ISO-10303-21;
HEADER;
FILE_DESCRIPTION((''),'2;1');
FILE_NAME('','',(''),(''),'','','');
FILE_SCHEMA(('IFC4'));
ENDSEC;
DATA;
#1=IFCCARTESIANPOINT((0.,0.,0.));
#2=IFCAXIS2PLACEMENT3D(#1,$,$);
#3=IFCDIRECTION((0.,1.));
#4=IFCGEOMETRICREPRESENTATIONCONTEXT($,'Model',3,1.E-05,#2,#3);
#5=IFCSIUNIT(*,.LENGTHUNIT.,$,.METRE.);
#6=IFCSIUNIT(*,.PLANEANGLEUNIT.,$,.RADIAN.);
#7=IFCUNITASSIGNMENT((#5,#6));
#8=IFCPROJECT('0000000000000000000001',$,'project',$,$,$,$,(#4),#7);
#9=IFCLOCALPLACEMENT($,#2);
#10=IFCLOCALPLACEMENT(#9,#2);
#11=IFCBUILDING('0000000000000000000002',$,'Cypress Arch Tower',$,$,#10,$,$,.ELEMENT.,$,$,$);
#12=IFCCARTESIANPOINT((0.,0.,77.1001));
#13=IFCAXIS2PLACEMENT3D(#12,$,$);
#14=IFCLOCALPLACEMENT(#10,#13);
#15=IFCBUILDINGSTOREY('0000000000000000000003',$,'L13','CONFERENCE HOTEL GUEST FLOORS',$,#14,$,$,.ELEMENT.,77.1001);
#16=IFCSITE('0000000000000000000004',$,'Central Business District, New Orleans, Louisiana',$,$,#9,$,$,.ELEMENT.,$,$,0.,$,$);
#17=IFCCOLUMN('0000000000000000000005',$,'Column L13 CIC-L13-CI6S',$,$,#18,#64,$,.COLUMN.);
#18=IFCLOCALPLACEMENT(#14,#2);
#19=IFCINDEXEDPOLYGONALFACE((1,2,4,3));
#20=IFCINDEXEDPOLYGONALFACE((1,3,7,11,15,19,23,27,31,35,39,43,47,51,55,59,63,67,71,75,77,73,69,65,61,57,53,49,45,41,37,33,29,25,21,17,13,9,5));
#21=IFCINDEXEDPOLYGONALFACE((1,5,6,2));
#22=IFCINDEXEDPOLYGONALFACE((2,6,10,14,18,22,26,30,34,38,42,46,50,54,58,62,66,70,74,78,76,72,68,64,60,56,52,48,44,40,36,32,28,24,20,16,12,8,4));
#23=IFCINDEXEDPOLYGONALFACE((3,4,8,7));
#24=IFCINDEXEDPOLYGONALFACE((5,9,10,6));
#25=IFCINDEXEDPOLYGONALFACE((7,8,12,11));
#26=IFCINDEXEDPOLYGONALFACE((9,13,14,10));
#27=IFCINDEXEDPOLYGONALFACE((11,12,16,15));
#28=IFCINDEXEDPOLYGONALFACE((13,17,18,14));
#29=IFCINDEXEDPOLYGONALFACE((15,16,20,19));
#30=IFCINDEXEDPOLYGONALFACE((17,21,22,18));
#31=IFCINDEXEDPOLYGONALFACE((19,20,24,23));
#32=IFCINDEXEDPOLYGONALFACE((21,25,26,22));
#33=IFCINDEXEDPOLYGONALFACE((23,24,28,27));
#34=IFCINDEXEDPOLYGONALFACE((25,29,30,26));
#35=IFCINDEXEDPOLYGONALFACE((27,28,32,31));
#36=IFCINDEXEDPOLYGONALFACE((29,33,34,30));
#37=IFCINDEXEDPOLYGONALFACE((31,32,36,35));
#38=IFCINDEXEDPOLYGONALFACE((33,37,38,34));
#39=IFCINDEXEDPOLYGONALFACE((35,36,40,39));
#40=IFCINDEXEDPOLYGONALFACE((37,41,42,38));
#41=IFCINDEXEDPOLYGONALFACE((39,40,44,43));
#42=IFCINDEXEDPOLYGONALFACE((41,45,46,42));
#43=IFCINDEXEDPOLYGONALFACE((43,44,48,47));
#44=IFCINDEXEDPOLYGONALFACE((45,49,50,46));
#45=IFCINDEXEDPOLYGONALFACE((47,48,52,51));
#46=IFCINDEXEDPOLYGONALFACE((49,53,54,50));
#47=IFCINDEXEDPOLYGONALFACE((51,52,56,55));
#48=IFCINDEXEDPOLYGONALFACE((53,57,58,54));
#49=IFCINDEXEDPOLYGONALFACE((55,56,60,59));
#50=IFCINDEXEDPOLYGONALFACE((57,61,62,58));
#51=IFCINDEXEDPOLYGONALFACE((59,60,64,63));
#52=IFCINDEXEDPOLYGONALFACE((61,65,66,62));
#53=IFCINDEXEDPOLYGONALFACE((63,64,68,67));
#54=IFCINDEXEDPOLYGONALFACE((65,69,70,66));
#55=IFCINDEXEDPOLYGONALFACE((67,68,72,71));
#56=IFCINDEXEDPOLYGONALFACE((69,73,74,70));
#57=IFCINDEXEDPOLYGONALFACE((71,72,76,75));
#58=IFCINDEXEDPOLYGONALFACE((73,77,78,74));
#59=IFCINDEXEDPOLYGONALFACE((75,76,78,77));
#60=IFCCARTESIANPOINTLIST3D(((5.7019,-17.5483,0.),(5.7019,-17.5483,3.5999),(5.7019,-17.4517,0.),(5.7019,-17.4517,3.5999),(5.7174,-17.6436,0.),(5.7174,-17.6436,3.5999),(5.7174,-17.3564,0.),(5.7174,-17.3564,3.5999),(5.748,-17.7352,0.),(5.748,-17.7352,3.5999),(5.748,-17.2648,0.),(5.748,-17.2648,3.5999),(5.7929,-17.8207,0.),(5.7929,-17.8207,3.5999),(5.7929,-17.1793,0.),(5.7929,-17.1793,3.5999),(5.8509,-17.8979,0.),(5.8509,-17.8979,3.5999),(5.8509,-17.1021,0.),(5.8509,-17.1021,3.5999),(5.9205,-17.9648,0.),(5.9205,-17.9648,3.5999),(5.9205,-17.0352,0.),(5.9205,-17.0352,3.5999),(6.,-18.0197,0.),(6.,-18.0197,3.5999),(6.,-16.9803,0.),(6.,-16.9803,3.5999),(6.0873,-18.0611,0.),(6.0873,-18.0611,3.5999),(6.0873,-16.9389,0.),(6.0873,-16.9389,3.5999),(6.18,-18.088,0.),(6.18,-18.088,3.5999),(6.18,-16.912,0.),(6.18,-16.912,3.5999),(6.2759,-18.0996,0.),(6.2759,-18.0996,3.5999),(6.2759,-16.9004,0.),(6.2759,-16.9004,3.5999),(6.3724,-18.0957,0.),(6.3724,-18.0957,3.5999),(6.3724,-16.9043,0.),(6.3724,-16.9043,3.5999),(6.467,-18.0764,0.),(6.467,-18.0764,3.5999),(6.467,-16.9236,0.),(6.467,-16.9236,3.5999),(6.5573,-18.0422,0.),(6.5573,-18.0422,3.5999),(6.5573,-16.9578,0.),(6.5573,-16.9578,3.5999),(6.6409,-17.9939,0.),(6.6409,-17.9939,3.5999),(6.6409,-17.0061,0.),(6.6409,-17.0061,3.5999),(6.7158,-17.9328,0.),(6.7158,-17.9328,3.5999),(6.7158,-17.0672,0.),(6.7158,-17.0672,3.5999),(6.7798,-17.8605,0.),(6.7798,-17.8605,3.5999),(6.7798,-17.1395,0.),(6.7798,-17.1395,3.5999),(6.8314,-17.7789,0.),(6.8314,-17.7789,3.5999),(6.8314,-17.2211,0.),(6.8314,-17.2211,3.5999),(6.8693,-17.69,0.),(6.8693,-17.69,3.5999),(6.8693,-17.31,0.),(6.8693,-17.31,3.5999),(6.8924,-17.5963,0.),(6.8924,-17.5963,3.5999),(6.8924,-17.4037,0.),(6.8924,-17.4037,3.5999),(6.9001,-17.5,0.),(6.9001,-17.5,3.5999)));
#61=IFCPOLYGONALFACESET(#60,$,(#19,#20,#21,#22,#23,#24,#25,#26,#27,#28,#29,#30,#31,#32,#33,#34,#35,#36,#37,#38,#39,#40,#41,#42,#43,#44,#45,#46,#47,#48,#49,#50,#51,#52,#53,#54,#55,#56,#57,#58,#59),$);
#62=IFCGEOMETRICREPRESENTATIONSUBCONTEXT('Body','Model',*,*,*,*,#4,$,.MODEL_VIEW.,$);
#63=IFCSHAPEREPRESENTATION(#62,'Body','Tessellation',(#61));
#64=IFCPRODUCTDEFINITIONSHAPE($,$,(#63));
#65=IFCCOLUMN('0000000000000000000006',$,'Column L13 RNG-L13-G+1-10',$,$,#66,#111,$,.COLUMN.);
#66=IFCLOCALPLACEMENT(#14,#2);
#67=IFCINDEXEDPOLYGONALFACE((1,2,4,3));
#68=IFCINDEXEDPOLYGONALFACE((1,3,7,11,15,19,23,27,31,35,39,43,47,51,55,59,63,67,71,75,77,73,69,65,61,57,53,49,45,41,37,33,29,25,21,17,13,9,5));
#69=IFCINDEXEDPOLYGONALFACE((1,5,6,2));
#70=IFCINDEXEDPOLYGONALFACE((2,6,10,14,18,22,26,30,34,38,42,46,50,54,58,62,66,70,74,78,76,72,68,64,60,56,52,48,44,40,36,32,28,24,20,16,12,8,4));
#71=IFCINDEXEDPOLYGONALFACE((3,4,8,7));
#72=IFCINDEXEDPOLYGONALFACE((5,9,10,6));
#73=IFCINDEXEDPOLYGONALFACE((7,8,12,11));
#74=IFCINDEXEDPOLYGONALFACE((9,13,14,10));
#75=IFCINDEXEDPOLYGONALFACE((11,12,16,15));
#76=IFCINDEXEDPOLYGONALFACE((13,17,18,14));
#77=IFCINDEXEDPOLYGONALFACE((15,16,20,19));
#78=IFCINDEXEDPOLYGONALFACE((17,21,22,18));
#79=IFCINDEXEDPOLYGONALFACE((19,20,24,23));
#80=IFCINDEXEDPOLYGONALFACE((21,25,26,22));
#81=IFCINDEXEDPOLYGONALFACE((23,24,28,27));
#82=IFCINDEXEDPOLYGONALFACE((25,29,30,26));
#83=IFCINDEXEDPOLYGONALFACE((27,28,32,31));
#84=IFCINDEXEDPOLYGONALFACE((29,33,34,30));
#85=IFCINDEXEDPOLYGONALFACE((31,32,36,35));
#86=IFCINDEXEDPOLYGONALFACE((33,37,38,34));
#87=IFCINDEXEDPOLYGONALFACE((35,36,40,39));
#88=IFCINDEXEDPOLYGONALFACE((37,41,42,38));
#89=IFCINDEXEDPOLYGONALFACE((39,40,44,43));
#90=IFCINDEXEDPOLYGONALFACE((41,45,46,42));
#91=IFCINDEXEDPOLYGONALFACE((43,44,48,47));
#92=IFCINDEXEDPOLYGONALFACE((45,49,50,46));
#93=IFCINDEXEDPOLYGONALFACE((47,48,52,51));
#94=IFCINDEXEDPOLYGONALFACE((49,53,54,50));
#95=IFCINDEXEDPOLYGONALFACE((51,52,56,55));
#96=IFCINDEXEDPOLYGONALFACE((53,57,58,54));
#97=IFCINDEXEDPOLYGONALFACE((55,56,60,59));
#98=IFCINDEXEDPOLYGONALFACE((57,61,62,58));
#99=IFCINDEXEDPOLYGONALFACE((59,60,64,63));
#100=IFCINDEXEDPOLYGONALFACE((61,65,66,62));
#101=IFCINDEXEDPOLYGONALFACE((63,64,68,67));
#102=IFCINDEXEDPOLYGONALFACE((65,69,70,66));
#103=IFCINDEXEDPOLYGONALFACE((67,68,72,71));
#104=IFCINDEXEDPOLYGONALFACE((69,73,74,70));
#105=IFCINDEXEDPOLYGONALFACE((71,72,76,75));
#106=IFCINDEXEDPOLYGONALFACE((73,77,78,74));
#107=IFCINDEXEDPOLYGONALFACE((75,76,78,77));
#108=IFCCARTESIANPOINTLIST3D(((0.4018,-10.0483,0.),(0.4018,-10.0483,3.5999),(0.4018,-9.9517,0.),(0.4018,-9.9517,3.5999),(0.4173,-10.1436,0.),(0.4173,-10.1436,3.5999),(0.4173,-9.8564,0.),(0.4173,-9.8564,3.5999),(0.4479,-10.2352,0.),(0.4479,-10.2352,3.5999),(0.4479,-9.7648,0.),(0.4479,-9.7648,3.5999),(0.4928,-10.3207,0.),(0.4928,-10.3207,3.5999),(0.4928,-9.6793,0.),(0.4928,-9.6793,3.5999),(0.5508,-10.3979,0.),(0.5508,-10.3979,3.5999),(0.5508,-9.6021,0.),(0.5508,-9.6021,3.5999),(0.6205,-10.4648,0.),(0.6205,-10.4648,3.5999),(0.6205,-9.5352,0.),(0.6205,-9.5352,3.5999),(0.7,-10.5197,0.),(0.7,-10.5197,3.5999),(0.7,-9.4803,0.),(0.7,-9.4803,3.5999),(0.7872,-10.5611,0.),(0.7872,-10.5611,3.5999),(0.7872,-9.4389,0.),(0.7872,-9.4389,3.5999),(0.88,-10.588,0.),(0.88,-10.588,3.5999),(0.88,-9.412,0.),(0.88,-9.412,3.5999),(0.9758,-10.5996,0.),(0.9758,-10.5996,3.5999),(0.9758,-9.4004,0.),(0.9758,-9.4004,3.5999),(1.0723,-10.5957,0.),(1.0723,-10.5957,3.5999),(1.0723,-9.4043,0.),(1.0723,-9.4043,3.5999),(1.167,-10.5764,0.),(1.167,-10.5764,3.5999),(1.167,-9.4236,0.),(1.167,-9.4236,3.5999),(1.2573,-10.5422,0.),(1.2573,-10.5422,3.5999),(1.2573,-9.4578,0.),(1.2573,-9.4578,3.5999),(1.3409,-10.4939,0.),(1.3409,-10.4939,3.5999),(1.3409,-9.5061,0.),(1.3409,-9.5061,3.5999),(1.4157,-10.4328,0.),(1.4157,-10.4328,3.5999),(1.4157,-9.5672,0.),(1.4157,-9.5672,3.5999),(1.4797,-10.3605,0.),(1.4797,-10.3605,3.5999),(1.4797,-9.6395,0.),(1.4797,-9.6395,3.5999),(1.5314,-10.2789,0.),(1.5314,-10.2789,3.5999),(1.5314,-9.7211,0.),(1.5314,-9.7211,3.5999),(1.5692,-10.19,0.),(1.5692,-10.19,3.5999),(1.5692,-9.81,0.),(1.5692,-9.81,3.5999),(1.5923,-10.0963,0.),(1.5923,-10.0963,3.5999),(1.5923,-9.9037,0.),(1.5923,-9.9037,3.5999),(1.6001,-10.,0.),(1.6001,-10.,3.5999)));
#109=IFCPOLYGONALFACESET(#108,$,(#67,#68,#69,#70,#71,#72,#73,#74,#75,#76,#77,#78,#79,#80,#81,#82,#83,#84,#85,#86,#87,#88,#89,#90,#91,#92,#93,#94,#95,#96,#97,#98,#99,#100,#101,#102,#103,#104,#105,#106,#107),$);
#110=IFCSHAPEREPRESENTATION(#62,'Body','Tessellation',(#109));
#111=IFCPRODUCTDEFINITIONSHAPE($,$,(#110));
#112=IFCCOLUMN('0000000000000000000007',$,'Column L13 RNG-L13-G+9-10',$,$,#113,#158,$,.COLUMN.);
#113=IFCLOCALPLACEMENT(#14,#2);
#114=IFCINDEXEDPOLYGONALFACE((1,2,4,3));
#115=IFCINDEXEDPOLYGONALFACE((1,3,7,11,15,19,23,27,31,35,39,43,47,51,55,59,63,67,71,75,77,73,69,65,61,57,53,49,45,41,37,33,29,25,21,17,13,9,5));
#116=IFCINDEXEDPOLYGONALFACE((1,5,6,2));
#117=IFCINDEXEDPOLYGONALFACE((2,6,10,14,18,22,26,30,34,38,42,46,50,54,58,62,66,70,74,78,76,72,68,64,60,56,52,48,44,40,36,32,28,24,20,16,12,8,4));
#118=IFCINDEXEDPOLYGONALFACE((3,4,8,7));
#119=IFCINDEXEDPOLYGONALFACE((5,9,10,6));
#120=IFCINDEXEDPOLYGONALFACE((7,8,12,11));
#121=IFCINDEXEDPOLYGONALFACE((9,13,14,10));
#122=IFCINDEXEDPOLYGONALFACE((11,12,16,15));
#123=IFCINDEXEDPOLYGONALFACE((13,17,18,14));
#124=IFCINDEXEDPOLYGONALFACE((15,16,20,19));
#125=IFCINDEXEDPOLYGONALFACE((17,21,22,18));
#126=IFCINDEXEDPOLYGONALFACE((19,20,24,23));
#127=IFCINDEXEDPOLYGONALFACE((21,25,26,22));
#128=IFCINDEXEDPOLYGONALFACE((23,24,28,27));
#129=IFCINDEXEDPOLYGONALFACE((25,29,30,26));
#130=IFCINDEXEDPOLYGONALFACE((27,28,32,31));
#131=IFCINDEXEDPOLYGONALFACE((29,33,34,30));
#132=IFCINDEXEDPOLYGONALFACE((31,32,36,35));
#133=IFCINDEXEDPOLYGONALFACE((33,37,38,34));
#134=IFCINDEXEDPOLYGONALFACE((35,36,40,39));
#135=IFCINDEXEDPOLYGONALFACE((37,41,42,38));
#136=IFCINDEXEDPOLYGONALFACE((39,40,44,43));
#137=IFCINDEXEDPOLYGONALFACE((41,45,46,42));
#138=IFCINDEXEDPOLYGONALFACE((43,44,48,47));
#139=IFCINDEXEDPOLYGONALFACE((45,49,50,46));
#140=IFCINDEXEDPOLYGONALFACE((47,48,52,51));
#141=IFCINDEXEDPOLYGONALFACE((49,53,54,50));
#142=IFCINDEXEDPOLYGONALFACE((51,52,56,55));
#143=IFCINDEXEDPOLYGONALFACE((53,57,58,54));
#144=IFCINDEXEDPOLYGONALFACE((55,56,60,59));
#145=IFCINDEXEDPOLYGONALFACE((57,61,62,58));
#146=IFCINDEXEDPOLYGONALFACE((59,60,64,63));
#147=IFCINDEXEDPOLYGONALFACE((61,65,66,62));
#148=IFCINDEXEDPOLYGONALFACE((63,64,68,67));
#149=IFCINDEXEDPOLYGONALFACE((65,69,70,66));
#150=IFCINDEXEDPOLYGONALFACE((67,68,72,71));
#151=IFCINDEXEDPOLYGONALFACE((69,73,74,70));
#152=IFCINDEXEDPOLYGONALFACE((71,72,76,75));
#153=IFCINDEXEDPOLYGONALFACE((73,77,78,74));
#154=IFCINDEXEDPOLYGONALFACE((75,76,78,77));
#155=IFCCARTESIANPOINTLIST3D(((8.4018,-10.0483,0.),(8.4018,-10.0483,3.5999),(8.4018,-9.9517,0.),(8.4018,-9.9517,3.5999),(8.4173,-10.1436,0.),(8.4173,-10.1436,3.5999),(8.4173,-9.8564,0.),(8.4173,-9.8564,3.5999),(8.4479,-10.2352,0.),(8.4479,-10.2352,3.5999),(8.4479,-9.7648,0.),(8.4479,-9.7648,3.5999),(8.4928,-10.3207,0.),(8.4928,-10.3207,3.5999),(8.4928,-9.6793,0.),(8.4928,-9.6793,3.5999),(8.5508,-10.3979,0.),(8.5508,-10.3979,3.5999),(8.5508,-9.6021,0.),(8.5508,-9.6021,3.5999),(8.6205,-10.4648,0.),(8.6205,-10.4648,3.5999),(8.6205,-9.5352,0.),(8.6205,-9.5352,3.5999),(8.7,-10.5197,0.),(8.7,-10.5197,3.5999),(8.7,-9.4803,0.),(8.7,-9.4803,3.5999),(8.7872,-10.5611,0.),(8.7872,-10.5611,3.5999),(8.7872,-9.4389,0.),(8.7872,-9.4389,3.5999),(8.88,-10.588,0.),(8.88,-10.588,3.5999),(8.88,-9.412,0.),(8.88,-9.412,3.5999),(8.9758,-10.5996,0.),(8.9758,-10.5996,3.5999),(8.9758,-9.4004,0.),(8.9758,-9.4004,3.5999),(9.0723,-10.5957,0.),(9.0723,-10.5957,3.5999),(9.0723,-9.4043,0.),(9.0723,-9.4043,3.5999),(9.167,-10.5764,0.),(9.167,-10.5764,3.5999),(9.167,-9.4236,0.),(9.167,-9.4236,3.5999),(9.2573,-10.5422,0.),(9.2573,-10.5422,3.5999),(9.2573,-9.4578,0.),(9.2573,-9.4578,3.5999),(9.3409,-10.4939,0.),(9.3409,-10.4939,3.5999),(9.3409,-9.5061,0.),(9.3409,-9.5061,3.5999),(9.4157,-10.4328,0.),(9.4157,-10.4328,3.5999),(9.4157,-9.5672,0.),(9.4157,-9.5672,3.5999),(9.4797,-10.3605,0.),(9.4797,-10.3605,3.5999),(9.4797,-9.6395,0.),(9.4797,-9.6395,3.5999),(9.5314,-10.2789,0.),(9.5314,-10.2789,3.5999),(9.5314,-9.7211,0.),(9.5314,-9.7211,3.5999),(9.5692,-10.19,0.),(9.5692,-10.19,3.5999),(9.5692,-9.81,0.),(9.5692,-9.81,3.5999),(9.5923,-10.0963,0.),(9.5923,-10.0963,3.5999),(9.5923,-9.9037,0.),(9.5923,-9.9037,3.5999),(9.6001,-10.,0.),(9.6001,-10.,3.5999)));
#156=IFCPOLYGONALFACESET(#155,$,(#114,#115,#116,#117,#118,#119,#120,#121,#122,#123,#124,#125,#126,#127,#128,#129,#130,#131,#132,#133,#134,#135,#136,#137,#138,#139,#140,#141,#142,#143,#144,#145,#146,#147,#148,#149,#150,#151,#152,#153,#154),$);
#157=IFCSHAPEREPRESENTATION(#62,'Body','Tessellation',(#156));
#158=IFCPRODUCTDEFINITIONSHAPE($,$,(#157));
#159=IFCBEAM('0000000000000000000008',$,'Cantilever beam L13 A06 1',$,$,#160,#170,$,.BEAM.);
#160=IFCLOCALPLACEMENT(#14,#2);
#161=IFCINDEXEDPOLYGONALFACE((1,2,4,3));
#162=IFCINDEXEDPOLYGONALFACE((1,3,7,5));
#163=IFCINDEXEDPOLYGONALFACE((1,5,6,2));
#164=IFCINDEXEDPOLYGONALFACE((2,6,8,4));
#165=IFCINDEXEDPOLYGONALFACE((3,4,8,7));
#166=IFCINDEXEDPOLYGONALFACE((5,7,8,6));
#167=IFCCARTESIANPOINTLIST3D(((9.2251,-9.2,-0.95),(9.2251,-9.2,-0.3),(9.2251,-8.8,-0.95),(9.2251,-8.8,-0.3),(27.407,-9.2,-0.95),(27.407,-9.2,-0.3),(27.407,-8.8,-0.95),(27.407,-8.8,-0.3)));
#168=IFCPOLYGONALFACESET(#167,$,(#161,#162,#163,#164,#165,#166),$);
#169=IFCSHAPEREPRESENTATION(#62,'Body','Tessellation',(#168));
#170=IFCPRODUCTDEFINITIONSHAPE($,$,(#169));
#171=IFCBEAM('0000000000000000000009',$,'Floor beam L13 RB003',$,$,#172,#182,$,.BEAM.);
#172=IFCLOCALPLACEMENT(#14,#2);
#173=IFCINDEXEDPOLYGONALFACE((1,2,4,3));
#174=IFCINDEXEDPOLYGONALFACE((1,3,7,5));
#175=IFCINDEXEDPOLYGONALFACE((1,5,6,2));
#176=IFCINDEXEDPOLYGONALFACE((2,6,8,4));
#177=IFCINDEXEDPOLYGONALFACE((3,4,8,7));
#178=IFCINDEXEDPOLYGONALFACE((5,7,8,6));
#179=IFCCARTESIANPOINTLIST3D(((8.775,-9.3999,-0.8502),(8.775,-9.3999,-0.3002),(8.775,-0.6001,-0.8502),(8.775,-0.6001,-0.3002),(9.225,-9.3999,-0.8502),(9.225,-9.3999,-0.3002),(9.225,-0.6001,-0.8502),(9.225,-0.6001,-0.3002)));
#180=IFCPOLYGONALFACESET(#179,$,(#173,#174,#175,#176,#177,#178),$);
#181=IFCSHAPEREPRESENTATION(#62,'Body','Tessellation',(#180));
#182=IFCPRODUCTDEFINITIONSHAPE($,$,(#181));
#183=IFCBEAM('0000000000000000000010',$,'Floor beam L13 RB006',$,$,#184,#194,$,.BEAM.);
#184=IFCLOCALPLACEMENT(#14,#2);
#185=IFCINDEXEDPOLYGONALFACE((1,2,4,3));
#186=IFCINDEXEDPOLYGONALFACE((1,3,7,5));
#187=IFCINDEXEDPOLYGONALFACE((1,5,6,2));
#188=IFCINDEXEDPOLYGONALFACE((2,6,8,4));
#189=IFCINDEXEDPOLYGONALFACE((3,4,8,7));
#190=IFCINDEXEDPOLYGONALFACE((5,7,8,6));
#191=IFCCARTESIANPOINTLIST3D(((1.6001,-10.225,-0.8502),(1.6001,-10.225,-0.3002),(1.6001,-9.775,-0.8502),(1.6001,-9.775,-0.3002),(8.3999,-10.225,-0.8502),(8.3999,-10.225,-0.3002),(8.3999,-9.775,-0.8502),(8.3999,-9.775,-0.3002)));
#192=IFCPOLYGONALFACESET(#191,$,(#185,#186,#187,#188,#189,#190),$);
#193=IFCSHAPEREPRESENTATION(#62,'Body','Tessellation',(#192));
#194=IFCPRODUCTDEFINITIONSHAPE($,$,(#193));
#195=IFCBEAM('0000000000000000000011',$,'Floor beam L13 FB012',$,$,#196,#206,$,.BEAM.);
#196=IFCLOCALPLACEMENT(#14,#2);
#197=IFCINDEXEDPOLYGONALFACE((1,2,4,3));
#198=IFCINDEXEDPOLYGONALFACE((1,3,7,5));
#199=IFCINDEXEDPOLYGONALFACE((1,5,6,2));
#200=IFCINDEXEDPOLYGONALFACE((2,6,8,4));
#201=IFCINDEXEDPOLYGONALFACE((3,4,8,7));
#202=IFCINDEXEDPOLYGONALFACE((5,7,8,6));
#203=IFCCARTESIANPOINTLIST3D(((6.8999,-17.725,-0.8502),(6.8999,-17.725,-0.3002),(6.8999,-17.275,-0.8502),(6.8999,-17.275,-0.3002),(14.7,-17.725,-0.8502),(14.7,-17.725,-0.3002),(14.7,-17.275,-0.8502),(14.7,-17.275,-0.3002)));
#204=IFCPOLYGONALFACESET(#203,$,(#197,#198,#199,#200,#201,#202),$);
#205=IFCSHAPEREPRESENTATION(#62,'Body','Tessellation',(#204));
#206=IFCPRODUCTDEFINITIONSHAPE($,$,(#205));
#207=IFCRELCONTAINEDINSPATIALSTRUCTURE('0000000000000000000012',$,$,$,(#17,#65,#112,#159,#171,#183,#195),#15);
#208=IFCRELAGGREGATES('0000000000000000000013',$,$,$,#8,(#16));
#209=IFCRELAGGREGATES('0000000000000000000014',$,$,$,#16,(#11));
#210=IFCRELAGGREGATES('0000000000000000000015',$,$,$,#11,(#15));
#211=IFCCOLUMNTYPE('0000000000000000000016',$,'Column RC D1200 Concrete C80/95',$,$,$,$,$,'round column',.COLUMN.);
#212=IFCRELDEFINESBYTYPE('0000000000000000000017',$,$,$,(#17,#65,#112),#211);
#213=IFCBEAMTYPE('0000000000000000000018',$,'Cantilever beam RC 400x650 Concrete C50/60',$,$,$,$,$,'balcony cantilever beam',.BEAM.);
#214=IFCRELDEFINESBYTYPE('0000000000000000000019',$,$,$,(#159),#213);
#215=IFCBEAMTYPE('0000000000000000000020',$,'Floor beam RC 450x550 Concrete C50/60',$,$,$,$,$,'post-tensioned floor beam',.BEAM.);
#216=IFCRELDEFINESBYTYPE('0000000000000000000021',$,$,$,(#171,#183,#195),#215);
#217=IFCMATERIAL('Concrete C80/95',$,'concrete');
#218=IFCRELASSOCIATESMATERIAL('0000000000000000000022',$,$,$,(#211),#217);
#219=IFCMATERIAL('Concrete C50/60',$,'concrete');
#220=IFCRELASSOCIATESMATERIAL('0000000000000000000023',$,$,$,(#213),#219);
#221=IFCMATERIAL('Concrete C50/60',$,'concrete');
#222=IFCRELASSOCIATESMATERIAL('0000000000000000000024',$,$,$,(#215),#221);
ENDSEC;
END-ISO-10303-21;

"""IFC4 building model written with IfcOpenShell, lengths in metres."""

from ifc_helpers import new_model, si_unit, direction, frame, origin, origin_2d, place, context, subcontext, project, spatial, rectangle, circle, extrude, material, material_profile, profile_set, type_object, element, save


model = new_model("IFC4")

# Units and contexts
model_context = context("Model", 3, precision=1e-05, world=origin(), true_north=direction((0.0, 1.0)))
body_context = subcontext(model_context, "Body", "Model", "MODEL_VIEW")
ifc_project = project(units=[si_unit("LENGTHUNIT", "METRE"), si_unit("PLANEANGLEUNIT", "RADIAN")], contexts=[model_context])

# Site, building, storey
site_placement = place(None, origin())
site = spatial("IfcSite", under=ifc_project, at=site_placement, Name="Central Business District, New Orleans, Louisiana", CompositionType="ELEMENT", RefElevation=0.0)
building_placement = place(site_placement, origin())
building = spatial("IfcBuilding", under=site, at=building_placement, Name="Cypress Arch Tower", CompositionType="ELEMENT")
storey_placement = place(building_placement, frame((0.0, 0.0, 77.1001)))
storey = spatial("IfcBuildingStorey", under=building, at=storey_placement, Name="L13", Description="CONFERENCE HOTEL GUEST FLOORS", CompositionType="ELEMENT", Elevation=77.1001)

# Columns
ifc_material_1 = material(Name="Concrete C80/95", Category="concrete")
ifc_material_profile_1 = material_profile(ifc_material_1, circle(Radius=0.6001, at=origin_2d()), Name="RC D1200")
ifc_profile_set_1 = profile_set([ifc_material_profile_1], Name="Concrete C80/95")
column_type = type_object("IfcColumnType", Name="Column RC D1200 Concrete C80/95", ElementType="round column", PredefinedType="COLUMN", material=ifc_profile_set_1)
for number, where, z_axis, x_axis, name in (
    (1, (6.3, -17.5, 0.0), (0.0, 0.0, 1.0), (1.0, 0.0, 0.0), "Column L13 CIC-L13-CI6S"),
    (2, (1.0, -10.0, 0.0), (0.0, 0.0, 1.0), (1.0, 0.0, 0.0), "Column L13 RNG-L13-G+1-10"),
    (3, (9.0, -10.0, 0.0), (0.0, 0.0, 1.0), (1.0, 0.0, 0.0), "Column L13 RNG-L13-G+9-10"),
):
    element("IfcColumn", number, at=place(storey_placement, frame(where, z_axis=z_axis, x_axis=x_axis)), inside=storey, type_object=column_type, Name=name, PredefinedType="COLUMN", context=body_context, shape_type="SweptSolid", body=[
        extrude(circle(Radius=0.6001, at=origin_2d()), origin(), (0.0, 0.0, 1.0), 3.5999),
    ])

# Beams
ifc_material_2 = material(Name="Concrete C50/60", Category="concrete")
ifc_material_profile_2 = material_profile(ifc_material_2, rectangle(XDim=0.3999, YDim=0.6499, at=origin_2d()), Name="RC 400x650")
ifc_profile_set_2 = profile_set([ifc_material_profile_2], Name="Concrete C50/60")
beam_type_1 = type_object("IfcBeamType", Name="Cantilever beam RC 400x650 Concrete C50/60", ElementType="balcony cantilever beam", PredefinedType="BEAM", material=ifc_profile_set_2)
beam_1_placement = place(storey_placement, frame((9.2251, -9.0, -0.625), z_axis=(1.0, 0.0, 0.0), x_axis=(0.0, 1.0, 0.0)))
element("IfcBeam", 4, at=beam_1_placement, inside=storey, type_object=beam_type_1, Name="Cantilever beam L13 A06 1", PredefinedType="BEAM", context=body_context, shape_type="SweptSolid", body=[
    extrude(rectangle(XDim=0.3999, YDim=0.6499, at=origin_2d()), origin(), (0.0, 0.0, 1.0), 18.1819),
])
ifc_material_3 = material(Name="Concrete C50/60", Category="concrete")
ifc_material_profile_3 = material_profile(ifc_material_3, rectangle(XDim=0.45, YDim=0.55, at=origin_2d()), Name="RC 450x550")
ifc_profile_set_3 = profile_set([ifc_material_profile_3], Name="Concrete C50/60")
beam_type_2 = type_object("IfcBeamType", Name="Floor beam RC 450x550 Concrete C50/60", ElementType="post-tensioned floor beam", PredefinedType="BEAM", material=ifc_profile_set_3)
beam_2_placement = place(storey_placement, frame((9.0, -9.3999, -0.5752), z_axis=(0.0, 1.0, 0.0), x_axis=(-1.0, 0.0, 0.0)))
element("IfcBeam", 5, at=beam_2_placement, inside=storey, type_object=beam_type_2, Name="Floor beam L13 RB003", PredefinedType="BEAM", context=body_context, shape_type="SweptSolid", body=[
    extrude(rectangle(XDim=0.45, YDim=0.55, at=origin_2d()), origin(), (0.0, 0.0, 1.0), 8.7998),
])
beam_3_placement = place(storey_placement, frame((1.6001, -10.0, -0.5752), z_axis=(1.0, 0.0, 0.0), x_axis=(0.0, 1.0, 0.0)))
element("IfcBeam", 6, at=beam_3_placement, inside=storey, type_object=beam_type_2, Name="Floor beam L13 RB006", PredefinedType="BEAM", context=body_context, shape_type="SweptSolid", body=[
    extrude(rectangle(XDim=0.45, YDim=0.55, at=origin_2d()), origin(), (0.0, 0.0, 1.0), 6.7998),
])
beam_4_placement = place(storey_placement, frame((6.8999, -17.5, -0.5752), z_axis=(1.0, 0.0, 0.0), x_axis=(0.0, 1.0, 0.0)))
element("IfcBeam", 7, at=beam_4_placement, inside=storey, type_object=beam_type_2, Name="Floor beam L13 FB012", PredefinedType="BEAM", context=body_context, shape_type="SweptSolid", body=[
    extrude(rectangle(XDim=0.45, YDim=0.55, at=origin_2d()), origin(), (0.0, 0.0, 1.0), 7.8),
])

save(model, "model.ifc")
